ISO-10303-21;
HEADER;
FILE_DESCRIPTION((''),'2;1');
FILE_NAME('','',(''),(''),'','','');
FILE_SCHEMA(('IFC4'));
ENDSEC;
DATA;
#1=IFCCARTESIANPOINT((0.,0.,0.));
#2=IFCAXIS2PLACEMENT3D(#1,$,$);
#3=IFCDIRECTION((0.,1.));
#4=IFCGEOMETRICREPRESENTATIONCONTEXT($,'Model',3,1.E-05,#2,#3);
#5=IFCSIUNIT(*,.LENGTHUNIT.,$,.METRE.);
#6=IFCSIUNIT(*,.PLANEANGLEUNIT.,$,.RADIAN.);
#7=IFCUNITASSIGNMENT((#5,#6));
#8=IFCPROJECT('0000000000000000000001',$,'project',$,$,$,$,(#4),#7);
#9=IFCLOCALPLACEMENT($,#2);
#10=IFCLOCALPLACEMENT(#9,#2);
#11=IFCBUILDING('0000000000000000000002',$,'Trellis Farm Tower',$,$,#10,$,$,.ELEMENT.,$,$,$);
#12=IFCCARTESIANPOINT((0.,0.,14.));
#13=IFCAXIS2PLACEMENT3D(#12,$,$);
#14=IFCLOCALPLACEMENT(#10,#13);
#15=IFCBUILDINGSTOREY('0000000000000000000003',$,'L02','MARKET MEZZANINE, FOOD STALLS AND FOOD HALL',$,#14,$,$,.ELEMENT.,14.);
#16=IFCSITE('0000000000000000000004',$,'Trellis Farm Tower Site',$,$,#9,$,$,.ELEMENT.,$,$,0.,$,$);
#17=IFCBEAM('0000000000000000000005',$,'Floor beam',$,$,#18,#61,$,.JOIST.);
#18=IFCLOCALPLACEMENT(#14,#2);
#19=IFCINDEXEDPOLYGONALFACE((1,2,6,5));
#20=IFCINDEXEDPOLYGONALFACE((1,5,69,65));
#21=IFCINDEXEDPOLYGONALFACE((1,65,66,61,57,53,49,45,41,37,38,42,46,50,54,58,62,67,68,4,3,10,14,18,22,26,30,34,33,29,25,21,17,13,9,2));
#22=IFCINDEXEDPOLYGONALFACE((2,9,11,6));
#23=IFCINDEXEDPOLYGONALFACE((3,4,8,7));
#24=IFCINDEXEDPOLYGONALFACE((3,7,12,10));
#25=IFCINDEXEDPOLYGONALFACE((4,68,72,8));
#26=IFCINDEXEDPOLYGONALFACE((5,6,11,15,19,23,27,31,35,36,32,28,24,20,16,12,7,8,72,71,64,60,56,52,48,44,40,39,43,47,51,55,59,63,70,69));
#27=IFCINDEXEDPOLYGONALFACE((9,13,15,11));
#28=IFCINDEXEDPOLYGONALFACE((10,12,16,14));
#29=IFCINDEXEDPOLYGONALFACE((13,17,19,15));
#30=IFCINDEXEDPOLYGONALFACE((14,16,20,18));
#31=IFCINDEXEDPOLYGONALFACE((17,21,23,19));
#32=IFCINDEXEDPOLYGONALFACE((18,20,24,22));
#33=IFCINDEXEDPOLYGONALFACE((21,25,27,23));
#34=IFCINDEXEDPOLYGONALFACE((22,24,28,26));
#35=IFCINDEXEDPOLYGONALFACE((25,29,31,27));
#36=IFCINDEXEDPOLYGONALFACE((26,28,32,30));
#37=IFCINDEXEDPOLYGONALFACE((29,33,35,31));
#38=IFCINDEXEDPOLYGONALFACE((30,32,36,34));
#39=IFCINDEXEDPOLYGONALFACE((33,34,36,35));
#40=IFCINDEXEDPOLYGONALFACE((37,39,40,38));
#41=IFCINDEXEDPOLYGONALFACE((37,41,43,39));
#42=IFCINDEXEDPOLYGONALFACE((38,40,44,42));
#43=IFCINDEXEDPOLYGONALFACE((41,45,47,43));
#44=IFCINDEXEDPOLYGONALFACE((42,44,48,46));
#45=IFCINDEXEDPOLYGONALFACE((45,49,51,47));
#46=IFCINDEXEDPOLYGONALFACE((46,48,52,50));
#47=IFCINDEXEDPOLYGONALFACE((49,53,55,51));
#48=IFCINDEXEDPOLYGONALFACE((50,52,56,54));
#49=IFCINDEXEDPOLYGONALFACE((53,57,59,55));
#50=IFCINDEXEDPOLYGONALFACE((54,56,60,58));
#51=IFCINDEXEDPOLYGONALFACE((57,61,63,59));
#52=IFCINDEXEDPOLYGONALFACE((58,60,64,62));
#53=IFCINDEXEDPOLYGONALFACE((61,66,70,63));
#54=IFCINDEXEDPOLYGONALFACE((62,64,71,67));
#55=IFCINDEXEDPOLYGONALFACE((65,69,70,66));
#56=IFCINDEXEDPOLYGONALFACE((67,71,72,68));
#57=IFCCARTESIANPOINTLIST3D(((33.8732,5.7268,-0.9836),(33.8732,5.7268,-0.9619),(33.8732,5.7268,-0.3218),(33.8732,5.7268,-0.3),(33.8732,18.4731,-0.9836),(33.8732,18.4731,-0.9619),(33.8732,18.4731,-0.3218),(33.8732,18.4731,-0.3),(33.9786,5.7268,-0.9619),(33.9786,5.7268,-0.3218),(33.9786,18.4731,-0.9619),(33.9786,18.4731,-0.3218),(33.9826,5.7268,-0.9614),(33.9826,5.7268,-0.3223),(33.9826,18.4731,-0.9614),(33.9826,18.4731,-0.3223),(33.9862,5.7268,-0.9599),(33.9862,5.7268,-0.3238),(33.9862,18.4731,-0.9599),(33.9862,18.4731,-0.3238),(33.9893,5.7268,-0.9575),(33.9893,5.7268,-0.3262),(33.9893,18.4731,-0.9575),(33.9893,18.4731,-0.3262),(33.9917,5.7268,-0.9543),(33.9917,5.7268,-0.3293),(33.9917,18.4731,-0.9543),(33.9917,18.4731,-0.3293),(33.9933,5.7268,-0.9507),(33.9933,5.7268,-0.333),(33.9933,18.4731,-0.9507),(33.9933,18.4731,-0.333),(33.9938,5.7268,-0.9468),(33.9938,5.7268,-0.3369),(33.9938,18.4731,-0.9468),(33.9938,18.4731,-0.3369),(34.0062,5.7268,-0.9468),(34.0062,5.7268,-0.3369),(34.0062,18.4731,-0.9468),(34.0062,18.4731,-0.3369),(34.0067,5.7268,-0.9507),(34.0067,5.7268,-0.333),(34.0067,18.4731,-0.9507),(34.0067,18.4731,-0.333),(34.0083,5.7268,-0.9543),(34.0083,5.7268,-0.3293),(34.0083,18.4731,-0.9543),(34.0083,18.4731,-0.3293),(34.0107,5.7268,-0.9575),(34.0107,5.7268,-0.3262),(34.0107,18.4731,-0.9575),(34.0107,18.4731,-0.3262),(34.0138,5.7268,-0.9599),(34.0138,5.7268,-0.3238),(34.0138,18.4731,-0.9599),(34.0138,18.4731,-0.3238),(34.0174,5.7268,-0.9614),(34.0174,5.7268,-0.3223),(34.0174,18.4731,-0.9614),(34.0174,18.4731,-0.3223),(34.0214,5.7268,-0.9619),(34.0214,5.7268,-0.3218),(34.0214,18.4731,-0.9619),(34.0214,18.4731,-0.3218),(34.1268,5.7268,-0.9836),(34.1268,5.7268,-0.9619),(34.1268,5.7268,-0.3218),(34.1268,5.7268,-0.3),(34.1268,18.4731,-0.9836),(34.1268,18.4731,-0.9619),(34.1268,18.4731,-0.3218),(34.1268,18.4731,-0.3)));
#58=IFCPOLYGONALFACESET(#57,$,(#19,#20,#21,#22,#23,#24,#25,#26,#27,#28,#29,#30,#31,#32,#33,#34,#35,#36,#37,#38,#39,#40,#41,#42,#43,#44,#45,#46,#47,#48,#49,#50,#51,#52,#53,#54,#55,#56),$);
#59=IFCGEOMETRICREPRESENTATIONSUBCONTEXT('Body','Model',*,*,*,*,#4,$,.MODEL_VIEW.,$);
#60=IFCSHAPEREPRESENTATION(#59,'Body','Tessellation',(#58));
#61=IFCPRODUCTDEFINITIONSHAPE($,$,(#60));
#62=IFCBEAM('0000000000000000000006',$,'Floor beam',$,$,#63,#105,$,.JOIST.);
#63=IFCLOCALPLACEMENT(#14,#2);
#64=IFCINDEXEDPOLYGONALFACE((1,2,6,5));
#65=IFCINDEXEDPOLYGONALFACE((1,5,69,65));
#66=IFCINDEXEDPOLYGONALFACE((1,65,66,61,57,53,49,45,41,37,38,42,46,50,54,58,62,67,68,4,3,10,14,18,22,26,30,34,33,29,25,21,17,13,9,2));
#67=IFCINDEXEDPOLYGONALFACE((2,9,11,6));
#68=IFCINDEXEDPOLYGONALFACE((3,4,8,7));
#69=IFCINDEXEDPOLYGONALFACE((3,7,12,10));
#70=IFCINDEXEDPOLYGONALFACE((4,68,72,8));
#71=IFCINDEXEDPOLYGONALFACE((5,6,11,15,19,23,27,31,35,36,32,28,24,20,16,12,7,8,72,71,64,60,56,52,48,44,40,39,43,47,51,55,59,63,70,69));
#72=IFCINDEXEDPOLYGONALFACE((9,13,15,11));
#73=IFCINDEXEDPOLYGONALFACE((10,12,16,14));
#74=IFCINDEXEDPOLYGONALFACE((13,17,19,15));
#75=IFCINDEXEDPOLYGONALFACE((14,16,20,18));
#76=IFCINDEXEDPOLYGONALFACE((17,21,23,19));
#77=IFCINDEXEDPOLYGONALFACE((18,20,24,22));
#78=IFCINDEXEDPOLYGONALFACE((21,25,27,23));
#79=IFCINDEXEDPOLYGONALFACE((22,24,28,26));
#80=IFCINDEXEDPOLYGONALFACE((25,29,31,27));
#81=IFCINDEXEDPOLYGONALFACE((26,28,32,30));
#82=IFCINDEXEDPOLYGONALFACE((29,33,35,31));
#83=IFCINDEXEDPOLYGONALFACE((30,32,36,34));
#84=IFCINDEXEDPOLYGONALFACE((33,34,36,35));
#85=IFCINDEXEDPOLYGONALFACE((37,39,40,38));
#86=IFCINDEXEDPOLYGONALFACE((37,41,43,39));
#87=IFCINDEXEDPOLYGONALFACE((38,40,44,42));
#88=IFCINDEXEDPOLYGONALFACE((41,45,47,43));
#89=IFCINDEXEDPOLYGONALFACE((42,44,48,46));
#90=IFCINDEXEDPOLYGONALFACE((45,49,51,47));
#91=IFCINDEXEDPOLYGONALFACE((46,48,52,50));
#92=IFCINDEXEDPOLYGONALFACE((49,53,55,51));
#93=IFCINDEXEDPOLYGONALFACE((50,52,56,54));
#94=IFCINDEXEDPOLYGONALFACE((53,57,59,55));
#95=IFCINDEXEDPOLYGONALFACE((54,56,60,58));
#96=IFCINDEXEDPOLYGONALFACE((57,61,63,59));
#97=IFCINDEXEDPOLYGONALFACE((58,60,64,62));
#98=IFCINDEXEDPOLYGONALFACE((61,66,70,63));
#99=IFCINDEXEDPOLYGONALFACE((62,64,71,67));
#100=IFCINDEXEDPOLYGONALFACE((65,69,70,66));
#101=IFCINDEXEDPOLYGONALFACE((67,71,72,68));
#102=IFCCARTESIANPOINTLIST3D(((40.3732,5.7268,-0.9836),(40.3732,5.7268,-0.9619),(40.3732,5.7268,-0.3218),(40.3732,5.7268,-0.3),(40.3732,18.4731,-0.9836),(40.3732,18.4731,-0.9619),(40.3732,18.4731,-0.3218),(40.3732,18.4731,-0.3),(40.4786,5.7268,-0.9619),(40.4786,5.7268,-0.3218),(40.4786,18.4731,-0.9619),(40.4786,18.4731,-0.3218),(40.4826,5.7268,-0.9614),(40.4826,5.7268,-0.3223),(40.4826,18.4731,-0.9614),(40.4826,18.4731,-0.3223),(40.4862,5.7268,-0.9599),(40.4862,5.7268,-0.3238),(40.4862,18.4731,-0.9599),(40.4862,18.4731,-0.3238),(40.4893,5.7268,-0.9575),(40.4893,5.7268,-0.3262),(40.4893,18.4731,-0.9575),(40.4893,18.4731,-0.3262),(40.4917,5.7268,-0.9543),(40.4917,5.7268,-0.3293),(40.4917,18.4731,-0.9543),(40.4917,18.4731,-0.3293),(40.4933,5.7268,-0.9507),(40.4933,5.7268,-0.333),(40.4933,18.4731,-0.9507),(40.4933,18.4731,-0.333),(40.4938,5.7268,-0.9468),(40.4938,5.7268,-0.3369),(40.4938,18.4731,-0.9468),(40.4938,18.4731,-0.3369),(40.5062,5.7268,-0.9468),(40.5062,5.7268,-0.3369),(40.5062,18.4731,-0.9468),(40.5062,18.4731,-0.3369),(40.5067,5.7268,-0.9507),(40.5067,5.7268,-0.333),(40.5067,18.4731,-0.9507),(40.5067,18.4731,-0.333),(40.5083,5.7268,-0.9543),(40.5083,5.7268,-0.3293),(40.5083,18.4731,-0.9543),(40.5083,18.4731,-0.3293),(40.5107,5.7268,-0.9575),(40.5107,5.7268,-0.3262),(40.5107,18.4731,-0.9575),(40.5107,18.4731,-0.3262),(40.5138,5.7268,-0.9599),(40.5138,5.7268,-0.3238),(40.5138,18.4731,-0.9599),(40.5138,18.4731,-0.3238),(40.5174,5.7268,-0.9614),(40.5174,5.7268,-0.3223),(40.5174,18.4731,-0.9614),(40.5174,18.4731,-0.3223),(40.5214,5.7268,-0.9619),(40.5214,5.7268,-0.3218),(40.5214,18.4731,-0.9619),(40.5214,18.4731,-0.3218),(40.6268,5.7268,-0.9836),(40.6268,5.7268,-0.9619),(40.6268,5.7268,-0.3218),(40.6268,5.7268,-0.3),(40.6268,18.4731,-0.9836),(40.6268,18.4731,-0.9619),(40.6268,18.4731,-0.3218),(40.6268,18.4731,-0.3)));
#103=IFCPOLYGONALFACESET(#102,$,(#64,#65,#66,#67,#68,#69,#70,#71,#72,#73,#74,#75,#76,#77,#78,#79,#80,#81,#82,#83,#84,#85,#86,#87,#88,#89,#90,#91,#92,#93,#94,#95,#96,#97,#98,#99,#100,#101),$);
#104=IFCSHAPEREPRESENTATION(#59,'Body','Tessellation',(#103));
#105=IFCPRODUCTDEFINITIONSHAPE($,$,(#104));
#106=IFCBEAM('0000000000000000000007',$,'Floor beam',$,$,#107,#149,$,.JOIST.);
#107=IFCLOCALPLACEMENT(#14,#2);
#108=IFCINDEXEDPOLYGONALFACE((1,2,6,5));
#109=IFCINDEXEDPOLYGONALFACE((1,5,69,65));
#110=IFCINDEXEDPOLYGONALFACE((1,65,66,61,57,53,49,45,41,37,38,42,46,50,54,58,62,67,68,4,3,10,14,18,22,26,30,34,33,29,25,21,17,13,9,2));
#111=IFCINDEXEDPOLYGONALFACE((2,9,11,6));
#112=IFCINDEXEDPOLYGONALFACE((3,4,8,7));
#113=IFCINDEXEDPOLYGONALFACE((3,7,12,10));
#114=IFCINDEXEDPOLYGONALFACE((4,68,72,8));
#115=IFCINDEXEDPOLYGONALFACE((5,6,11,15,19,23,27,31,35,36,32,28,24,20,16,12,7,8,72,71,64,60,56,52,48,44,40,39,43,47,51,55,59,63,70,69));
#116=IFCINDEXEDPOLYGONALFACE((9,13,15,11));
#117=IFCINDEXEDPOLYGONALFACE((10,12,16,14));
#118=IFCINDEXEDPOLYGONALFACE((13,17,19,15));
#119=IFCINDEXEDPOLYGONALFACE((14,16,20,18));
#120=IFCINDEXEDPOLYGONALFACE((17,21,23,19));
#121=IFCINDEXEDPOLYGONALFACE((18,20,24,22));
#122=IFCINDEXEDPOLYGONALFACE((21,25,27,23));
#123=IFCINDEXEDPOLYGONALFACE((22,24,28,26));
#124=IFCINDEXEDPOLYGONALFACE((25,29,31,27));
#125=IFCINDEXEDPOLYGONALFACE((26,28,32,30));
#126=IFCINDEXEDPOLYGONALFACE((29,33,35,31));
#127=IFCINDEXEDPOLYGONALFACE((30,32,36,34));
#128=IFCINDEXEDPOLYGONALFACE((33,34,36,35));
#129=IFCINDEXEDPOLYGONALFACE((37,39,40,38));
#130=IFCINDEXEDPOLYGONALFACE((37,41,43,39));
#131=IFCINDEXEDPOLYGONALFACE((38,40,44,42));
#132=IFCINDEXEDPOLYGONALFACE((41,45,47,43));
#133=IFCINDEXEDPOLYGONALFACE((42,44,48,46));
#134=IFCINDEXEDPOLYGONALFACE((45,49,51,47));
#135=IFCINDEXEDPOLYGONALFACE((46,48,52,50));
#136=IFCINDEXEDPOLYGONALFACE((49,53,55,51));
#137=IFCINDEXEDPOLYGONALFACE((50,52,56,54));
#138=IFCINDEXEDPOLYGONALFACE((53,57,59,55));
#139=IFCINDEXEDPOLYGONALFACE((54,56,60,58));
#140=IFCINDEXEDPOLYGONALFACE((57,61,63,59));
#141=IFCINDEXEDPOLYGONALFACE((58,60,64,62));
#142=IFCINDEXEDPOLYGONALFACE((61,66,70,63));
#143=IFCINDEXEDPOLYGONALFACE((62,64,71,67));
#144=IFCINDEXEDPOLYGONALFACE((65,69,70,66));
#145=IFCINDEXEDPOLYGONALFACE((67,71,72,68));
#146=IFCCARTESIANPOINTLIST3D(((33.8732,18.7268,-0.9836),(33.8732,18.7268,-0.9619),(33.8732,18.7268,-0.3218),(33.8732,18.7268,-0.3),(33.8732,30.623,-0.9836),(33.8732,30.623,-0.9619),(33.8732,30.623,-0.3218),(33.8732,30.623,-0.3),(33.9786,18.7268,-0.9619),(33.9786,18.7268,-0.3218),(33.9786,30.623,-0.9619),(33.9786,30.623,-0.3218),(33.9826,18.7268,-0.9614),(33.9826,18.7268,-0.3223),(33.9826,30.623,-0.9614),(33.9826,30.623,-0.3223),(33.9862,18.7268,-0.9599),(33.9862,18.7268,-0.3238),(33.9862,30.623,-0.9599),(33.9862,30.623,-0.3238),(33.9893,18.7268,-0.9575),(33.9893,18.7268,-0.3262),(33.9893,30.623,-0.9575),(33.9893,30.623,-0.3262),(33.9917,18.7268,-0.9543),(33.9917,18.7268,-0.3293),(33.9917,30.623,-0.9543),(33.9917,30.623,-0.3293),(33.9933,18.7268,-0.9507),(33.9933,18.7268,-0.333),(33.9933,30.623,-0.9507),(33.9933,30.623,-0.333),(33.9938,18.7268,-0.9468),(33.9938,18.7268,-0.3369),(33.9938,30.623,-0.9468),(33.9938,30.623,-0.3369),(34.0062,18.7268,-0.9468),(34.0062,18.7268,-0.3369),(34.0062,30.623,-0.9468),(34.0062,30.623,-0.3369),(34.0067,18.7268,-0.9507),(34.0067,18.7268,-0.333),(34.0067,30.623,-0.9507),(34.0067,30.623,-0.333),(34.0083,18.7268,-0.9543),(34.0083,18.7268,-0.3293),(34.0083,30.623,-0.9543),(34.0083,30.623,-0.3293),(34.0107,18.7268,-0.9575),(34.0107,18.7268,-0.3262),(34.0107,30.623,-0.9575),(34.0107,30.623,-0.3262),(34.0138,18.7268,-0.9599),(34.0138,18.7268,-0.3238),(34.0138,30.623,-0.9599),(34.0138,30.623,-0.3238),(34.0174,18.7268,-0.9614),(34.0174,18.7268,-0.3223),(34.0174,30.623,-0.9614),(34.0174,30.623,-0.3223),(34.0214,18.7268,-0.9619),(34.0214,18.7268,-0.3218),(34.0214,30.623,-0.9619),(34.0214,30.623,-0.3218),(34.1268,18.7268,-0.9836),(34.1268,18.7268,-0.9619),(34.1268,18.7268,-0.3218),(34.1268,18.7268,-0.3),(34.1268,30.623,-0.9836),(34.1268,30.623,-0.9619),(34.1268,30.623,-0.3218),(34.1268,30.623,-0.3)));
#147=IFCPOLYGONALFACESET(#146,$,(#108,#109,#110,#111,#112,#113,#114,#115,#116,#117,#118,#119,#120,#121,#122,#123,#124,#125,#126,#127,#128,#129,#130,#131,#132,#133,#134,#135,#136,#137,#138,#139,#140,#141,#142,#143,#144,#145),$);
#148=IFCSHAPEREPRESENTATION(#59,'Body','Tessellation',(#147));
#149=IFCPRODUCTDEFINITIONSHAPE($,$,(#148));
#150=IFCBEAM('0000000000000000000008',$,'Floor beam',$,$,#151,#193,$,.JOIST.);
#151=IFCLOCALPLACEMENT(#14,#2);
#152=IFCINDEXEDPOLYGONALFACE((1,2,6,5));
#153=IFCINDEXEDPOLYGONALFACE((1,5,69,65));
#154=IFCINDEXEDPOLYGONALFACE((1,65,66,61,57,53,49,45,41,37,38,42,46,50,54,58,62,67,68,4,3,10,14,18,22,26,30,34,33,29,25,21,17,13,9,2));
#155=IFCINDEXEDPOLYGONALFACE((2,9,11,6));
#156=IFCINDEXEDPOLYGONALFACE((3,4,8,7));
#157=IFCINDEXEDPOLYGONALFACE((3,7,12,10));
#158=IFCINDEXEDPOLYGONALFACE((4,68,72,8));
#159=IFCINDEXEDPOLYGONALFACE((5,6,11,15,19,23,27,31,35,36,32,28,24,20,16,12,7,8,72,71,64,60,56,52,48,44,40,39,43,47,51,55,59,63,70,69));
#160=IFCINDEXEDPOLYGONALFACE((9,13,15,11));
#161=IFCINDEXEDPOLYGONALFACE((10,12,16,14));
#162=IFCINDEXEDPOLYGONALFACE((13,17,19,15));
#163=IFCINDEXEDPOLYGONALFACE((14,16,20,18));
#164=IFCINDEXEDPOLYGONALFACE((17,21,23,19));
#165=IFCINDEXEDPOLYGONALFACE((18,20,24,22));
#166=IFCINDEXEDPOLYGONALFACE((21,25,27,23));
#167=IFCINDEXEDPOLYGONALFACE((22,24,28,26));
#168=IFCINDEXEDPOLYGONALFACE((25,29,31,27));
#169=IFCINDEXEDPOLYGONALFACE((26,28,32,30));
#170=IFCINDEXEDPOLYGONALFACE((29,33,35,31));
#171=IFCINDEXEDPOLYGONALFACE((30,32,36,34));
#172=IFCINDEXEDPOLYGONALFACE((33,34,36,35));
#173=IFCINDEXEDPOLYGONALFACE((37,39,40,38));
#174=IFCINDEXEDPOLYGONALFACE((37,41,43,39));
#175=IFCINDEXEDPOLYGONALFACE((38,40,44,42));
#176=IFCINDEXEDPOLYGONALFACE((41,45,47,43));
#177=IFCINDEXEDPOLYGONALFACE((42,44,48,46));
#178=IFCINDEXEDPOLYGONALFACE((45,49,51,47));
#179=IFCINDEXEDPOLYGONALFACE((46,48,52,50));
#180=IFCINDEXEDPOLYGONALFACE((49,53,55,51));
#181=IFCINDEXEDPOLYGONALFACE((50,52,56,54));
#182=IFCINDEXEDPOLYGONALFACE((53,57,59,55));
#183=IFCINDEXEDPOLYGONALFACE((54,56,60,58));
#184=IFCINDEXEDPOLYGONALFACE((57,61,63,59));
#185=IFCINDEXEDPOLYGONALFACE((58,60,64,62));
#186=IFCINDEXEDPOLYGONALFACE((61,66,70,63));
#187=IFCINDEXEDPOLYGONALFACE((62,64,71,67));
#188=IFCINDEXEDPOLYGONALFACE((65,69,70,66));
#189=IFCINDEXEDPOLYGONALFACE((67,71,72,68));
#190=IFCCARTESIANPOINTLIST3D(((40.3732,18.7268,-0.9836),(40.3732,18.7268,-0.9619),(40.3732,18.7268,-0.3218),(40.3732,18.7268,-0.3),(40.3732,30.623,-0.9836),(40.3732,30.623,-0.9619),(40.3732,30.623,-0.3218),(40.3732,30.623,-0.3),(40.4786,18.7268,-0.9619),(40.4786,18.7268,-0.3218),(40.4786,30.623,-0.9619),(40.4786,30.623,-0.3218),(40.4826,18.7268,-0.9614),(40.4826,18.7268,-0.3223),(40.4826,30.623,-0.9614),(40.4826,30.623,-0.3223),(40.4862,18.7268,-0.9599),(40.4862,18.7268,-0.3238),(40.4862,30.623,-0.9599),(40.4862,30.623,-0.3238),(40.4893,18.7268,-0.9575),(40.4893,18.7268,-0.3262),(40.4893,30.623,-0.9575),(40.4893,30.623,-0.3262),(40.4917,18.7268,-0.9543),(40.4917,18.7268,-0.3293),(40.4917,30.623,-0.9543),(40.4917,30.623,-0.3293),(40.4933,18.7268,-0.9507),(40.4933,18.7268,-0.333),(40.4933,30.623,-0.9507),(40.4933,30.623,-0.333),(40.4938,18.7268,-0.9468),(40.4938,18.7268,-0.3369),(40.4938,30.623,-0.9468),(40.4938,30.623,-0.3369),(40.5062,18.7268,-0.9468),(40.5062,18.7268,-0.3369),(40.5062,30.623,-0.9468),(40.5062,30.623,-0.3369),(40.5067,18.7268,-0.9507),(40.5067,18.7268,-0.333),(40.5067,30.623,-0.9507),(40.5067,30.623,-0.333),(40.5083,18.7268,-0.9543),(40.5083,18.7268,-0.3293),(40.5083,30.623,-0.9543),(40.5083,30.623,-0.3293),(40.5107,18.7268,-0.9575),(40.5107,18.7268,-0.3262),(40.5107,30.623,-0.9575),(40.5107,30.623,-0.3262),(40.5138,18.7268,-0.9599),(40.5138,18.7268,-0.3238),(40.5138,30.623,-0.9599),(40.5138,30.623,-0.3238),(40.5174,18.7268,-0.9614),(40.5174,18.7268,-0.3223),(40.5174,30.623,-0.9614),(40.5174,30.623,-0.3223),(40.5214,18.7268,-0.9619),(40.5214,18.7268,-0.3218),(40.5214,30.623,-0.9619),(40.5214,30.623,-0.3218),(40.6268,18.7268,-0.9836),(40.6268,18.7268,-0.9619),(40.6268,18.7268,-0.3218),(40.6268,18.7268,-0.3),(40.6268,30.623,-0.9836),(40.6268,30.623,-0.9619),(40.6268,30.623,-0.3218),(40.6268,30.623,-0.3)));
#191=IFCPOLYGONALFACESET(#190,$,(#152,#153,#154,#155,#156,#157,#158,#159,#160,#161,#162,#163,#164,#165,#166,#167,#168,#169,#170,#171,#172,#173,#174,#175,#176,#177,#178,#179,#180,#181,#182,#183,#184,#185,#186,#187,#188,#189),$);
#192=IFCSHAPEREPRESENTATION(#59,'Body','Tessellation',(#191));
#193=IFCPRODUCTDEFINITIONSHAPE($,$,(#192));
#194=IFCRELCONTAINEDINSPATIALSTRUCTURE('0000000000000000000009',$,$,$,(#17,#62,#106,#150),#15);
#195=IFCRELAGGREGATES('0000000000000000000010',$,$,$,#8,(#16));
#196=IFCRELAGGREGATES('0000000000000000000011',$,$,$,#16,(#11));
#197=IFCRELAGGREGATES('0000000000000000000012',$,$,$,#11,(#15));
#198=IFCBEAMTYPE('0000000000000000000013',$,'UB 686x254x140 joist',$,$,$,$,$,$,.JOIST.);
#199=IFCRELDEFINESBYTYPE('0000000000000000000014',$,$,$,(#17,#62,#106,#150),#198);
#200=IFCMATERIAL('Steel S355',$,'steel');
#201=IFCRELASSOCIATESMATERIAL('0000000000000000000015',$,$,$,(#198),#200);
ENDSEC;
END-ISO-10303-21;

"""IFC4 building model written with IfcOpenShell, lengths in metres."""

from ifc_helpers import new_model, si_unit, direction, frame, origin, origin_2d, place, context, subcontext, project, spatial, i_section, extrude, source, transform, mapped, material, material_profile, profile_set, type_object, element, save


model = new_model("IFC4")

# Units and contexts
model_context = context("Model", 3, precision=1e-05, world=origin(), true_north=direction((0.0, 1.0)))
body_context = subcontext(model_context, "Body", "Model", "MODEL_VIEW")
ifc_project = project(units=[si_unit("LENGTHUNIT", "METRE"), si_unit("PLANEANGLEUNIT", "RADIAN")], contexts=[model_context])

# Site, building, storey
site_placement = place(None, origin())
site = spatial("IfcSite", under=ifc_project, at=site_placement, Name="Trellis Farm Tower Site", CompositionType="ELEMENT", RefElevation=0.0)
building_placement = place(site_placement, origin())
building = spatial("IfcBuilding", under=site, at=building_placement, Name="Trellis Farm Tower", CompositionType="ELEMENT")
storey_placement = place(building_placement, frame((0.0, 0.0, 14.0)))
storey = spatial("IfcBuildingStorey", under=building, at=storey_placement, Name="L02", Description="MARKET MEZZANINE, FOOD STALLS AND FOOD HALL", CompositionType="ELEMENT", Elevation=14.0)

# Beams
ifc_material_1 = material(Name="Steel S355", Category="steel")
ifc_material_profile_1 = material_profile(ifc_material_1, i_section(OverallWidth=0.2537, OverallDepth=0.6836, WebThickness=0.0125, FlangeThickness=0.0217, FilletRadius=0.0151, at=origin_2d()), Name="UB 686x254x140")
ifc_profile_set_1 = profile_set([ifc_material_profile_1], Name="Steel S355")
beam_type_1 = type_object("IfcBeamType", Name="UB 686x254x140 joist", PredefinedType="JOIST", material=ifc_profile_set_1)
shared_shape_1 = source(origin(), body_context, "Body", "SweptSolid", [
    extrude(i_section(OverallWidth=0.2537, OverallDepth=0.6836, WebThickness=0.0125, FlangeThickness=0.0217, FilletRadius=0.0151, at=origin_2d()), origin(), (0.0, 0.0, 1.0), 12.7463),
])
for number, where, z_axis, x_axis, name in (
    (1, (34.0, 5.7268, -0.6418), (0.0, 1.0, 0.0), (-1.0, 0.0, 0.0), "Floor beam"),
    (2, (40.5, 5.7268, -0.6418), (0.0, 1.0, 0.0), (-1.0, 0.0, 0.0), "Floor beam"),
):
    element("IfcBeam", number, at=place(storey_placement, frame(where, z_axis=z_axis, x_axis=x_axis)), inside=storey, type_object=beam_type_1, Name=name, PredefinedType="JOIST", context=body_context, shape_type="MappedRepresentation", body=[
        mapped(shared_shape_1, transform((0.0, 0.0, 0.0))),
    ])
shared_shape_2 = source(origin(), body_context, "Body", "SweptSolid", [
    extrude(i_section(OverallWidth=0.2537, OverallDepth=0.6836, WebThickness=0.0125, FlangeThickness=0.0217, FilletRadius=0.0151, at=origin_2d()), origin(), (0.0, 0.0, 1.0), 11.8962),
])
for number, where, z_axis, x_axis, name in (
    (3, (34.0, 18.7268, -0.6418), (0.0, 1.0, 0.0), (-1.0, 0.0, 0.0), "Floor beam"),
    (4, (40.5, 18.7268, -0.6418), (0.0, 1.0, 0.0), (-1.0, 0.0, 0.0), "Floor beam"),
):
    element("IfcBeam", number, at=place(storey_placement, frame(where, z_axis=z_axis, x_axis=x_axis)), inside=storey, type_object=beam_type_1, Name=name, PredefinedType="JOIST", context=body_context, shape_type="MappedRepresentation", body=[
        mapped(shared_shape_2, transform((0.0, 0.0, 0.0))),
    ])

save(model, "model.ifc")
